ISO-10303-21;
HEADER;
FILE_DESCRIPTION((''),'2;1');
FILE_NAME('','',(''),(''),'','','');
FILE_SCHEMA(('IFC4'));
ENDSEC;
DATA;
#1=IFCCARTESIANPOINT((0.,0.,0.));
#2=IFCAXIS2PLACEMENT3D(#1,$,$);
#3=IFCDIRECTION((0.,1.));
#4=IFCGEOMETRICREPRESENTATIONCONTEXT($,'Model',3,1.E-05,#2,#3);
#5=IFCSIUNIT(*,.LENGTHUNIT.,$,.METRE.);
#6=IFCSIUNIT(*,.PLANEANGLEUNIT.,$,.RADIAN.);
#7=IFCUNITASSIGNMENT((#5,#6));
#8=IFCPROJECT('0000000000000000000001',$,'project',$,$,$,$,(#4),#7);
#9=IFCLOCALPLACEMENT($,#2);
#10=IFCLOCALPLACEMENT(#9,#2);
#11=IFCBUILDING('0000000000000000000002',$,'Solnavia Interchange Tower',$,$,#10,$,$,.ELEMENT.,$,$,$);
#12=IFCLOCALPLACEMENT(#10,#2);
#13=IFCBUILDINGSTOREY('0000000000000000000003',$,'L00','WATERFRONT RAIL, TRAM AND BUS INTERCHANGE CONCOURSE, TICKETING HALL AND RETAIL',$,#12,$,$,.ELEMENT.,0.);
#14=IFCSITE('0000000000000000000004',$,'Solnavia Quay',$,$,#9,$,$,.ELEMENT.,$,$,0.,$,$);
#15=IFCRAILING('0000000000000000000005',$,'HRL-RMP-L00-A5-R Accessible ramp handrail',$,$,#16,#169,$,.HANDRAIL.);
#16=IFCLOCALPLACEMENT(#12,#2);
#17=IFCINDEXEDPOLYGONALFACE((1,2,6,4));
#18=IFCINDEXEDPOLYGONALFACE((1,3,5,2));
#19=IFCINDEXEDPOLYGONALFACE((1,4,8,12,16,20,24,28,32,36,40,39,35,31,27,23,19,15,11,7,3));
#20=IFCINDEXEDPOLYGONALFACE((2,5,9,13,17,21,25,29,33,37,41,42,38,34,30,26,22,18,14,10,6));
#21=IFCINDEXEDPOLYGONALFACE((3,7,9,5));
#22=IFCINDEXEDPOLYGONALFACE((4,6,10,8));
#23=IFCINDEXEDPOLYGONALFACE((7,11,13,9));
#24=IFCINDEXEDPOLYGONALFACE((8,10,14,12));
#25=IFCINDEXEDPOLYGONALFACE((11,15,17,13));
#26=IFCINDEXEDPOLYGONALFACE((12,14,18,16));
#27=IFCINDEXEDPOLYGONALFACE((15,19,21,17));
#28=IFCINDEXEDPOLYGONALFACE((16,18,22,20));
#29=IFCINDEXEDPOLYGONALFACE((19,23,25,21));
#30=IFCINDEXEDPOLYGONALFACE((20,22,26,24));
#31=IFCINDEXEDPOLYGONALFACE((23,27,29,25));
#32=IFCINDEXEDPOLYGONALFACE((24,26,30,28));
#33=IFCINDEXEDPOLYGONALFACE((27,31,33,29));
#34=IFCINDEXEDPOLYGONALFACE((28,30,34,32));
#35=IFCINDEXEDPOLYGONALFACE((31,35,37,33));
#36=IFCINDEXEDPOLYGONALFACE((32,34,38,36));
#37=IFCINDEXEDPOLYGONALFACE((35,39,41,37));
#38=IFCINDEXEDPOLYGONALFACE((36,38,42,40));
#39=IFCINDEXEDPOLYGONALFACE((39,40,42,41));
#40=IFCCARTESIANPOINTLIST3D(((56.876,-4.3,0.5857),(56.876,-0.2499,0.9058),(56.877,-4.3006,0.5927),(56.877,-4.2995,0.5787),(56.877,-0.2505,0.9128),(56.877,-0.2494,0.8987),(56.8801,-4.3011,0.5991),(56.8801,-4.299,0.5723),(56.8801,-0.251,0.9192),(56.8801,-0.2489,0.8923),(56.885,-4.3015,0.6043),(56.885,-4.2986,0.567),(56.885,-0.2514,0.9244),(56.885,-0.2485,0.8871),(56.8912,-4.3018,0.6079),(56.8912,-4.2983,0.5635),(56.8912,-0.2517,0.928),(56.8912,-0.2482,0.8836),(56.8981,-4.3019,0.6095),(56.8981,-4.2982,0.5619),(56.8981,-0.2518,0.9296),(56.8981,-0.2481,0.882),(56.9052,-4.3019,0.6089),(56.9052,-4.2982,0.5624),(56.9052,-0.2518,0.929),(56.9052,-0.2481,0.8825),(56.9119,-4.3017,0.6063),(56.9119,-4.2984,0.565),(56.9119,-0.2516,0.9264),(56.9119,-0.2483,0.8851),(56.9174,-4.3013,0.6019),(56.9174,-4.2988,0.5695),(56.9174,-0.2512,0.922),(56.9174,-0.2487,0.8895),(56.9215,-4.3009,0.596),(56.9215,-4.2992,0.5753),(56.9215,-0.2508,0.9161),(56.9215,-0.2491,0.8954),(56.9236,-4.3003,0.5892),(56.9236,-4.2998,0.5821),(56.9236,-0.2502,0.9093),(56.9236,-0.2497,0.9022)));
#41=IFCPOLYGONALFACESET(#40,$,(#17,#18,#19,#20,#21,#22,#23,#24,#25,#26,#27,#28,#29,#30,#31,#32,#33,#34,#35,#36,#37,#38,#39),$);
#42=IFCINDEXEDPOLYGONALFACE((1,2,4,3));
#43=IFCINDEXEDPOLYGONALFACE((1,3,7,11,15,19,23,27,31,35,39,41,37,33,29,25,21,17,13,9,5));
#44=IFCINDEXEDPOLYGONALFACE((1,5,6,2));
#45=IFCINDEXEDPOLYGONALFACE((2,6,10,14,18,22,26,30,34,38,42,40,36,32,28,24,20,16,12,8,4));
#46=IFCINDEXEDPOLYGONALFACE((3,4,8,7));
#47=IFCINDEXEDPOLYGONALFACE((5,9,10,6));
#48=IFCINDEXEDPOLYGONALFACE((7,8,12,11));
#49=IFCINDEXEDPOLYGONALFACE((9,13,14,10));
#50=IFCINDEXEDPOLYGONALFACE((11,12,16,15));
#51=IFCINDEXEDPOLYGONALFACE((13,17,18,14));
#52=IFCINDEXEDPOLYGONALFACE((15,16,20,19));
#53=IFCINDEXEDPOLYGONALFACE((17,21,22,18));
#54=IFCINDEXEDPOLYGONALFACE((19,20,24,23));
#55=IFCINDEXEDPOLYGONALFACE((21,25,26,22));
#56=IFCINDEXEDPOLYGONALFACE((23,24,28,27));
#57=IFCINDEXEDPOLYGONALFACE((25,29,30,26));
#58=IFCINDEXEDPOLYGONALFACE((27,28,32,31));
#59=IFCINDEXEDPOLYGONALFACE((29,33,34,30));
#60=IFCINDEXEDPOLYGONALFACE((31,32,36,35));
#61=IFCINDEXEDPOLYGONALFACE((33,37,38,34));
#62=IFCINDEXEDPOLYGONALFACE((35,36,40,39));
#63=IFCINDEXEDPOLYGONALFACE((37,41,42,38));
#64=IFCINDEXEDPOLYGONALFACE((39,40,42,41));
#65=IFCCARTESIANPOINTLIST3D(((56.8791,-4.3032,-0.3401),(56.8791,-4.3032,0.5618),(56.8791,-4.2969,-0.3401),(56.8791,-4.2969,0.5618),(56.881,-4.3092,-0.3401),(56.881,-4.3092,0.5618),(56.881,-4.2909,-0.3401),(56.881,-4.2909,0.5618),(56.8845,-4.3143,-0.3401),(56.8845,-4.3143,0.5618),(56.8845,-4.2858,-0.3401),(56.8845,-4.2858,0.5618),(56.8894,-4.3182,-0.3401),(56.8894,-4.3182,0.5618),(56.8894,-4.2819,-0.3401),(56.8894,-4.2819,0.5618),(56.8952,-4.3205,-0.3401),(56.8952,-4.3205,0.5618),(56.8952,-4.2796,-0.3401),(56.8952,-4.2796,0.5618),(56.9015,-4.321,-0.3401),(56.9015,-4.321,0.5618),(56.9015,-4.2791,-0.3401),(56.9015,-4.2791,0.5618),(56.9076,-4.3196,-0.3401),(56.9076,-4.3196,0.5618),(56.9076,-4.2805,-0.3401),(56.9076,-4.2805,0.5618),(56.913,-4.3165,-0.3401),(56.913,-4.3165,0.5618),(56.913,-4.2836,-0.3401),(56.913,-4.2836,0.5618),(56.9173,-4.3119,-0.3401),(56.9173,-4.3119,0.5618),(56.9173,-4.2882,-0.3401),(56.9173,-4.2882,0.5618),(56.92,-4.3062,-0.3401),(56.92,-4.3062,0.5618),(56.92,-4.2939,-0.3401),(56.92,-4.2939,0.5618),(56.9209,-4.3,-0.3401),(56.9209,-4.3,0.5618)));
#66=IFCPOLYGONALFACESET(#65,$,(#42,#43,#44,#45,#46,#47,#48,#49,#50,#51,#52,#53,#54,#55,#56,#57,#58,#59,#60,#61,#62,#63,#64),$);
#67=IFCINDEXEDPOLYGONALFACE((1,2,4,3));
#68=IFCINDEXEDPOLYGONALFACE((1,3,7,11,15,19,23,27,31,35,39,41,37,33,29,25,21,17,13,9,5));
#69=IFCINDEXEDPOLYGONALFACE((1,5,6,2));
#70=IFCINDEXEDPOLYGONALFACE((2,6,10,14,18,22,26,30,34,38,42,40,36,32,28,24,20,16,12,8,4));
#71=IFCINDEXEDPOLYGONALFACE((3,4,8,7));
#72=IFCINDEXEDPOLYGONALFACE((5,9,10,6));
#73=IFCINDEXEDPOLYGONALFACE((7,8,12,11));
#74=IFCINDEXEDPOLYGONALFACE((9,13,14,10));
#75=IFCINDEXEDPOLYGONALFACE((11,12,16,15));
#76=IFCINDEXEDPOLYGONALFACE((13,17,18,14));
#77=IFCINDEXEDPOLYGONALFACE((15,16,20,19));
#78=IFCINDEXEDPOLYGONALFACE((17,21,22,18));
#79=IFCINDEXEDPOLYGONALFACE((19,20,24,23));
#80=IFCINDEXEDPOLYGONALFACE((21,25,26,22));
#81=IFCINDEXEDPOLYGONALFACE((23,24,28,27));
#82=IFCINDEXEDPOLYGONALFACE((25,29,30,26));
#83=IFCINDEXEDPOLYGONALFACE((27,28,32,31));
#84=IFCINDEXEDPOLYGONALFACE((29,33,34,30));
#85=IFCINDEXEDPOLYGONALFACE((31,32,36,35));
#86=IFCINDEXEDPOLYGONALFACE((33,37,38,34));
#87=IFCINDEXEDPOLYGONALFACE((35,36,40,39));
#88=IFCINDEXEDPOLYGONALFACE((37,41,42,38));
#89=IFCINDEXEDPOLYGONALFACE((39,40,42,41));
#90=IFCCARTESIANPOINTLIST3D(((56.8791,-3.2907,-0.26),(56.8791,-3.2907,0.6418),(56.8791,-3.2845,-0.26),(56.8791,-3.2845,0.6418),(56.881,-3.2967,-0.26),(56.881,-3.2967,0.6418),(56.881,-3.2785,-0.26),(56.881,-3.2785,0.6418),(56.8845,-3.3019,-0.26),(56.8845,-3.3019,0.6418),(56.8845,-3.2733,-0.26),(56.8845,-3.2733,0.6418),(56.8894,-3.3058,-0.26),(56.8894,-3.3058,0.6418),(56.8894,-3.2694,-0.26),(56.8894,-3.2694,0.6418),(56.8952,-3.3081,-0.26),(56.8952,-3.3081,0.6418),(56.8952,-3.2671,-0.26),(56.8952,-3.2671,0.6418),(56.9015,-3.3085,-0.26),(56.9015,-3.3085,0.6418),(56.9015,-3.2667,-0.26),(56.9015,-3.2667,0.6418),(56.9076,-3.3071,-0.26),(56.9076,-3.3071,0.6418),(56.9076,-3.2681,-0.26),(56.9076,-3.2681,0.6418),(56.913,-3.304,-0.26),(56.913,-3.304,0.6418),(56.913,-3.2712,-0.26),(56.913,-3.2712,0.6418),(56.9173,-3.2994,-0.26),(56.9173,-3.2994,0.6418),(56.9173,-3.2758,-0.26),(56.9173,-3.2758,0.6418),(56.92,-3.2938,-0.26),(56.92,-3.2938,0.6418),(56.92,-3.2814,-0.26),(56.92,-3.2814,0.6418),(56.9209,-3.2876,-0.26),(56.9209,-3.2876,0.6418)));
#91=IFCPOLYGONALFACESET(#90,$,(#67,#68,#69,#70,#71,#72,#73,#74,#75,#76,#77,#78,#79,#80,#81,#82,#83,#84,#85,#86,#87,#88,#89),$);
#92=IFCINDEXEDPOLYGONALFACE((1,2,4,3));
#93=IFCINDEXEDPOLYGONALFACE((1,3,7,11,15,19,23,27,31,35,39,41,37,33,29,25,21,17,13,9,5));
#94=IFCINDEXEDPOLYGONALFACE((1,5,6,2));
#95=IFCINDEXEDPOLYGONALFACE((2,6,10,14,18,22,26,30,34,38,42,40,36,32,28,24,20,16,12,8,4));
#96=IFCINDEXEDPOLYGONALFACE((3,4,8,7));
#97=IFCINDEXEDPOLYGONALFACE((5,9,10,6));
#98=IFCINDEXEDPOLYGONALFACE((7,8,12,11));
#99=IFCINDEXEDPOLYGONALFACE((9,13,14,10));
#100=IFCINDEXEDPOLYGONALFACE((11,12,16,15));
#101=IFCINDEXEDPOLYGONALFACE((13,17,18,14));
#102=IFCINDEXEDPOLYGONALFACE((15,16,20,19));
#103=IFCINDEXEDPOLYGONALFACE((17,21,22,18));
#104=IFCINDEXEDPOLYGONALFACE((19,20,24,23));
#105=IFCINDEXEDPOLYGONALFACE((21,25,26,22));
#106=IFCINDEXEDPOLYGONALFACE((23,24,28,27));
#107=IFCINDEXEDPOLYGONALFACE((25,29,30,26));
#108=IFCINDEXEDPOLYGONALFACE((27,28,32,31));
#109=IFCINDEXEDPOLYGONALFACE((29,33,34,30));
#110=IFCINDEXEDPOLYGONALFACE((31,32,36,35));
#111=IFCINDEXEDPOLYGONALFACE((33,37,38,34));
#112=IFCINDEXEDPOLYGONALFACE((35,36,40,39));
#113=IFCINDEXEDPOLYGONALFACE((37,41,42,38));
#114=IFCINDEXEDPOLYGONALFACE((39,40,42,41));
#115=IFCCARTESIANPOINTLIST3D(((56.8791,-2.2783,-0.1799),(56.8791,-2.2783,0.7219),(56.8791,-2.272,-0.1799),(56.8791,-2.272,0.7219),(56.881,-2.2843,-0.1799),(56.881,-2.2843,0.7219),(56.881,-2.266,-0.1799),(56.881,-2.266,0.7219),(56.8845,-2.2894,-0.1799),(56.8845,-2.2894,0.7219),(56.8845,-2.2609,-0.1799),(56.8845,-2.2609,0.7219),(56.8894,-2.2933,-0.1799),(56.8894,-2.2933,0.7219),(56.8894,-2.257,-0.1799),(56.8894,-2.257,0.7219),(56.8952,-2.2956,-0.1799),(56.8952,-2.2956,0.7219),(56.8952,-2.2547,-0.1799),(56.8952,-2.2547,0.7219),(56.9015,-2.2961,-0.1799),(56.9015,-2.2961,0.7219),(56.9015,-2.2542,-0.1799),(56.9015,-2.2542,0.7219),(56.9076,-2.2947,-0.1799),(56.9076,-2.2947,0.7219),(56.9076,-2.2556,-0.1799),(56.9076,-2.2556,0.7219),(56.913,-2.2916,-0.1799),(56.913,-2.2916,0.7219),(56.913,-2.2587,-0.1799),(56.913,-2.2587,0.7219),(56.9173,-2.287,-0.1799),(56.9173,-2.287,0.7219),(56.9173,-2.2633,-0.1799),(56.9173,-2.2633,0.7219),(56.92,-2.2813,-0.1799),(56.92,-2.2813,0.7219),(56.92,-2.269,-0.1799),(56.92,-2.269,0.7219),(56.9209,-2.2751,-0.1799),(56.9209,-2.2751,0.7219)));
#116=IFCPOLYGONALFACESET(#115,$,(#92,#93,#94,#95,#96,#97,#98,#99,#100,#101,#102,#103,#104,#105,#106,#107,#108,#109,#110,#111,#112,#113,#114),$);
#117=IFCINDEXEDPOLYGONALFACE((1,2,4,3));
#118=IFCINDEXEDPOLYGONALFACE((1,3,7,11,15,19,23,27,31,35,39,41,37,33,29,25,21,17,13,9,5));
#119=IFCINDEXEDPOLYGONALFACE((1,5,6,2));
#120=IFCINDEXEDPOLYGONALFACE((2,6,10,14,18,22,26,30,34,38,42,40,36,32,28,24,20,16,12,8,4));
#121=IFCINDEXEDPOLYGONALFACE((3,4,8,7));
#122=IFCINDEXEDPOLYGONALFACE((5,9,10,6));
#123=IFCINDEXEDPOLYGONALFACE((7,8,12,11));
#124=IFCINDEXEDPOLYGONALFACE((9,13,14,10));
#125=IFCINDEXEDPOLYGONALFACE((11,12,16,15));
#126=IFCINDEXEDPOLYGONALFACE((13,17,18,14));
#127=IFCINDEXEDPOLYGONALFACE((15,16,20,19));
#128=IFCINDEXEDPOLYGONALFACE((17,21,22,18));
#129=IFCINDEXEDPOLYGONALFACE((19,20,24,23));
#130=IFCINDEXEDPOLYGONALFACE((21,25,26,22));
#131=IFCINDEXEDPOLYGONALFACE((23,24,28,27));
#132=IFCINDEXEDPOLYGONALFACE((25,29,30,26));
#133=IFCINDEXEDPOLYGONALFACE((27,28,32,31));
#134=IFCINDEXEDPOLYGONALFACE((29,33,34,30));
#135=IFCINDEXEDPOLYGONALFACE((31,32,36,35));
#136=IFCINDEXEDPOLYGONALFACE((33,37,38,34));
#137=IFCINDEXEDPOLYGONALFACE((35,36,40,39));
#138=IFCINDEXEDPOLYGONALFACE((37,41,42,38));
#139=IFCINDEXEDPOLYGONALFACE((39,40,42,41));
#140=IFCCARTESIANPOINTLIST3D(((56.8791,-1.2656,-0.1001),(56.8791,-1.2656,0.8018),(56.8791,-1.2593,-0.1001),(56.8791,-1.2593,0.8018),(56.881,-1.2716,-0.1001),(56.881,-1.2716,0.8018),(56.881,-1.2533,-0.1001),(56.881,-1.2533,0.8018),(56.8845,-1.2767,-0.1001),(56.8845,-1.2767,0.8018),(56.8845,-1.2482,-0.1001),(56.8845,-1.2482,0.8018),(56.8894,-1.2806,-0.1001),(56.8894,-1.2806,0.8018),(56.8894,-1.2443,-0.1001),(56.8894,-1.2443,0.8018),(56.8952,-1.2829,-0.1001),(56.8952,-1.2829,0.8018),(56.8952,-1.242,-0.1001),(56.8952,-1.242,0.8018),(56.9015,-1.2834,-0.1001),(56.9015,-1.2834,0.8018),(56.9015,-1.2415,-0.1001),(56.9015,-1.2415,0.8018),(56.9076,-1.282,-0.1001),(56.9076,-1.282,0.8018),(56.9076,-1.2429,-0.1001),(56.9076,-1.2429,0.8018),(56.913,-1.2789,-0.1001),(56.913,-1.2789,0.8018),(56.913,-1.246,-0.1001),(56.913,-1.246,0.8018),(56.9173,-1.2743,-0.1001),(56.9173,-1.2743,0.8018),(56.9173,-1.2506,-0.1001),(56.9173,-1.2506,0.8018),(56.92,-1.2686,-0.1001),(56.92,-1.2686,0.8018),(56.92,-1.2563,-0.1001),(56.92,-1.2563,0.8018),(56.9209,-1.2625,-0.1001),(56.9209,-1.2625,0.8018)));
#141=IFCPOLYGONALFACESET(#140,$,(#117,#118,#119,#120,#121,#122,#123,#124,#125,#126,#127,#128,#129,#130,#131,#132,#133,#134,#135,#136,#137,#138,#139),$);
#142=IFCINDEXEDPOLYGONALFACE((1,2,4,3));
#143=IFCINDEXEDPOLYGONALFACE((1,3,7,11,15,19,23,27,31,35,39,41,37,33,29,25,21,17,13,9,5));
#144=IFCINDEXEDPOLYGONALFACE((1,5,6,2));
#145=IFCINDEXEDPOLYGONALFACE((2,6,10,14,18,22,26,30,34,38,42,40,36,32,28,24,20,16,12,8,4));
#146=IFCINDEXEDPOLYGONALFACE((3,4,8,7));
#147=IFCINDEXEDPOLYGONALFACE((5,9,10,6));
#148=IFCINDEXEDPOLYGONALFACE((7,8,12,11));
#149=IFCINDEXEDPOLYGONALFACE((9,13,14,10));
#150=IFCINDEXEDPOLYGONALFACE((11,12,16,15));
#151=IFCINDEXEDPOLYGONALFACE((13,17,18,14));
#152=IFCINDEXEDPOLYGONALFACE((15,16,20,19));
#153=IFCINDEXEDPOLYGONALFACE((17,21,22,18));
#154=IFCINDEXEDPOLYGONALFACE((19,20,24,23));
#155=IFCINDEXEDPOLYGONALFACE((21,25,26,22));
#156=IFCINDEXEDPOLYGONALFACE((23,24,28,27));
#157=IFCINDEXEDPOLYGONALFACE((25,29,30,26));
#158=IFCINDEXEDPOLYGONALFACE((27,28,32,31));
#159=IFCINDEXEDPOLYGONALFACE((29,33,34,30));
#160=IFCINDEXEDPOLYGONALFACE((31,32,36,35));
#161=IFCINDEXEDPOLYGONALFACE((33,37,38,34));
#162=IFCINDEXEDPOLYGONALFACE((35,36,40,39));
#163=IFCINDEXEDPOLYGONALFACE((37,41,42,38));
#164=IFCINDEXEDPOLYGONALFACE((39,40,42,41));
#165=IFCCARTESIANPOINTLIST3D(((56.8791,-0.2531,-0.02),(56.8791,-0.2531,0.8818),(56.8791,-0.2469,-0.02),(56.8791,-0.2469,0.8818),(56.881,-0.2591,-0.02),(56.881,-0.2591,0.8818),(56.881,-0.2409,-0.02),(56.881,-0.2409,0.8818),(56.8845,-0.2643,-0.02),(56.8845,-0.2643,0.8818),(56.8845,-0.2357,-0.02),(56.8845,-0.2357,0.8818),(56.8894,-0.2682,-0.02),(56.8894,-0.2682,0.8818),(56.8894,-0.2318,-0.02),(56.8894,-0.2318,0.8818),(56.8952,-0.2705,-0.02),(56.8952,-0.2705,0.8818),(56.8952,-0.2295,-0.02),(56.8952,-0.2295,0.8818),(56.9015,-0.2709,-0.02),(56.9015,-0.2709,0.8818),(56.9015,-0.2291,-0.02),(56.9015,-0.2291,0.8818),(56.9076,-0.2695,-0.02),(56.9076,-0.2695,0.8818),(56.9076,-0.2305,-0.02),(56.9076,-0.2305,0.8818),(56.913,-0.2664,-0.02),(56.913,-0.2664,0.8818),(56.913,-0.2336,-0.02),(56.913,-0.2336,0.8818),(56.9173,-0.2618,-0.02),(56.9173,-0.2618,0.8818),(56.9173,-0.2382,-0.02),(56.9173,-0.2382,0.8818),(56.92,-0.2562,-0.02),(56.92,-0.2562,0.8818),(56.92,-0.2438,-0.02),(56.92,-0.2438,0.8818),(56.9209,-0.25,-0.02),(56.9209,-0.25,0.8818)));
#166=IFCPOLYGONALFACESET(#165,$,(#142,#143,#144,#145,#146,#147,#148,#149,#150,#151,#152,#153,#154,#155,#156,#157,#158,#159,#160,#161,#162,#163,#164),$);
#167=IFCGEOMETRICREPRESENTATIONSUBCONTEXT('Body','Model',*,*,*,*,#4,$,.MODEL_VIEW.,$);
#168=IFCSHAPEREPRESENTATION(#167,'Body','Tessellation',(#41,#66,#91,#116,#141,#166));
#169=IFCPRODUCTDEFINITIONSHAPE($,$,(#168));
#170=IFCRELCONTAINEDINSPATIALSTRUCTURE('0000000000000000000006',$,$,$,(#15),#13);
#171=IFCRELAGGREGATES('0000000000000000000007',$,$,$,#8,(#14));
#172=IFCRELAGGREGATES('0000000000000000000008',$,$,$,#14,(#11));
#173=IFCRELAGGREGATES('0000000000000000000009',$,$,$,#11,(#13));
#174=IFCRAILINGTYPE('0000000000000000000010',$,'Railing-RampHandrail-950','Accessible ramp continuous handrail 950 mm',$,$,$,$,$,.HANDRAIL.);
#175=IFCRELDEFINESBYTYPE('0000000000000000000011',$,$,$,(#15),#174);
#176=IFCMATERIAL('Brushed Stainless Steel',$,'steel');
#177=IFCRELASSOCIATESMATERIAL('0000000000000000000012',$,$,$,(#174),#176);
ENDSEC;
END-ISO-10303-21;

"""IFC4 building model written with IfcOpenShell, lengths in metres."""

from ifc_helpers import new_model, si_unit, direction, frame, origin, origin_2d, place, context, subcontext, project, spatial, circle, extrude, material, type_object, element, save


model = new_model("IFC4")

# Units and contexts
model_context = context("Model", 3, precision=1e-05, world=origin(), true_north=direction((0.0, 1.0)))
body_context = subcontext(model_context, "Body", "Model", "MODEL_VIEW")
ifc_project = project(units=[si_unit("LENGTHUNIT", "METRE"), si_unit("PLANEANGLEUNIT", "RADIAN")], contexts=[model_context])

# Site, building, storey
site_placement = place(None, origin())
site = spatial("IfcSite", under=ifc_project, at=site_placement, Name="Solnavia Quay", CompositionType="ELEMENT", RefElevation=0.0)
building_placement = place(site_placement, origin())
building = spatial("IfcBuilding", under=site, at=building_placement, Name="Solnavia Interchange Tower", CompositionType="ELEMENT")
storey_placement = place(building_placement, origin())
storey = spatial("IfcBuildingStorey", under=building, at=storey_placement, Name="L00", Description="WATERFRONT RAIL, TRAM AND BUS INTERCHANGE CONCOURSE, TICKETING HALL AND RETAIL", CompositionType="ELEMENT", Elevation=0.0)

# Railing
ifc_material_1 = material(Name="Brushed Stainless Steel", Category="steel")
railing_type = type_object("IfcRailingType", Name="Railing-RampHandrail-950", Description="Accessible ramp continuous handrail 950 mm", PredefinedType="HANDRAIL", material=ifc_material_1)
railing_placement = place(storey_placement, frame((56.8999, -4.3, -0.3401)))
element("IfcRailing", 1, at=railing_placement, inside=storey, type_object=railing_type, Name="HRL-RMP-L00-A5-R Accessible ramp handrail", PredefinedType="HANDRAIL", context=body_context, shape_type="SweptSolid", body=[
    extrude(circle(Radius=0.0239, at=origin_2d()), frame((0.0, 0.0, 0.9258), z_axis=(0.0, 0.996892, 0.078783), x_axis=(-1.0, 0.0, 0.0)), (0.0, 0.0, 1.0), 4.0627),
    extrude(circle(Radius=0.021, at=origin_2d()), origin(), (0.0, 0.0, 1.0), 0.9019),
    extrude(circle(Radius=0.021, at=origin_2d()), frame((0.0, 1.0125, 0.0801)), (0.0, 0.0, 1.0), 0.9019),
    extrude(circle(Radius=0.021, at=origin_2d()), frame((0.0, 2.0249, 0.1602)), (0.0, 0.0, 1.0), 0.9019),
    extrude(circle(Radius=0.021, at=origin_2d()), frame((0.0, 3.0376, 0.24)), (0.0, 0.0, 1.0), 0.9019),
    extrude(circle(Radius=0.021, at=origin_2d()), frame((0.0, 4.05, 0.3201)), (0.0, 0.0, 1.0), 0.9019),
])

save(model, "model.ifc")
